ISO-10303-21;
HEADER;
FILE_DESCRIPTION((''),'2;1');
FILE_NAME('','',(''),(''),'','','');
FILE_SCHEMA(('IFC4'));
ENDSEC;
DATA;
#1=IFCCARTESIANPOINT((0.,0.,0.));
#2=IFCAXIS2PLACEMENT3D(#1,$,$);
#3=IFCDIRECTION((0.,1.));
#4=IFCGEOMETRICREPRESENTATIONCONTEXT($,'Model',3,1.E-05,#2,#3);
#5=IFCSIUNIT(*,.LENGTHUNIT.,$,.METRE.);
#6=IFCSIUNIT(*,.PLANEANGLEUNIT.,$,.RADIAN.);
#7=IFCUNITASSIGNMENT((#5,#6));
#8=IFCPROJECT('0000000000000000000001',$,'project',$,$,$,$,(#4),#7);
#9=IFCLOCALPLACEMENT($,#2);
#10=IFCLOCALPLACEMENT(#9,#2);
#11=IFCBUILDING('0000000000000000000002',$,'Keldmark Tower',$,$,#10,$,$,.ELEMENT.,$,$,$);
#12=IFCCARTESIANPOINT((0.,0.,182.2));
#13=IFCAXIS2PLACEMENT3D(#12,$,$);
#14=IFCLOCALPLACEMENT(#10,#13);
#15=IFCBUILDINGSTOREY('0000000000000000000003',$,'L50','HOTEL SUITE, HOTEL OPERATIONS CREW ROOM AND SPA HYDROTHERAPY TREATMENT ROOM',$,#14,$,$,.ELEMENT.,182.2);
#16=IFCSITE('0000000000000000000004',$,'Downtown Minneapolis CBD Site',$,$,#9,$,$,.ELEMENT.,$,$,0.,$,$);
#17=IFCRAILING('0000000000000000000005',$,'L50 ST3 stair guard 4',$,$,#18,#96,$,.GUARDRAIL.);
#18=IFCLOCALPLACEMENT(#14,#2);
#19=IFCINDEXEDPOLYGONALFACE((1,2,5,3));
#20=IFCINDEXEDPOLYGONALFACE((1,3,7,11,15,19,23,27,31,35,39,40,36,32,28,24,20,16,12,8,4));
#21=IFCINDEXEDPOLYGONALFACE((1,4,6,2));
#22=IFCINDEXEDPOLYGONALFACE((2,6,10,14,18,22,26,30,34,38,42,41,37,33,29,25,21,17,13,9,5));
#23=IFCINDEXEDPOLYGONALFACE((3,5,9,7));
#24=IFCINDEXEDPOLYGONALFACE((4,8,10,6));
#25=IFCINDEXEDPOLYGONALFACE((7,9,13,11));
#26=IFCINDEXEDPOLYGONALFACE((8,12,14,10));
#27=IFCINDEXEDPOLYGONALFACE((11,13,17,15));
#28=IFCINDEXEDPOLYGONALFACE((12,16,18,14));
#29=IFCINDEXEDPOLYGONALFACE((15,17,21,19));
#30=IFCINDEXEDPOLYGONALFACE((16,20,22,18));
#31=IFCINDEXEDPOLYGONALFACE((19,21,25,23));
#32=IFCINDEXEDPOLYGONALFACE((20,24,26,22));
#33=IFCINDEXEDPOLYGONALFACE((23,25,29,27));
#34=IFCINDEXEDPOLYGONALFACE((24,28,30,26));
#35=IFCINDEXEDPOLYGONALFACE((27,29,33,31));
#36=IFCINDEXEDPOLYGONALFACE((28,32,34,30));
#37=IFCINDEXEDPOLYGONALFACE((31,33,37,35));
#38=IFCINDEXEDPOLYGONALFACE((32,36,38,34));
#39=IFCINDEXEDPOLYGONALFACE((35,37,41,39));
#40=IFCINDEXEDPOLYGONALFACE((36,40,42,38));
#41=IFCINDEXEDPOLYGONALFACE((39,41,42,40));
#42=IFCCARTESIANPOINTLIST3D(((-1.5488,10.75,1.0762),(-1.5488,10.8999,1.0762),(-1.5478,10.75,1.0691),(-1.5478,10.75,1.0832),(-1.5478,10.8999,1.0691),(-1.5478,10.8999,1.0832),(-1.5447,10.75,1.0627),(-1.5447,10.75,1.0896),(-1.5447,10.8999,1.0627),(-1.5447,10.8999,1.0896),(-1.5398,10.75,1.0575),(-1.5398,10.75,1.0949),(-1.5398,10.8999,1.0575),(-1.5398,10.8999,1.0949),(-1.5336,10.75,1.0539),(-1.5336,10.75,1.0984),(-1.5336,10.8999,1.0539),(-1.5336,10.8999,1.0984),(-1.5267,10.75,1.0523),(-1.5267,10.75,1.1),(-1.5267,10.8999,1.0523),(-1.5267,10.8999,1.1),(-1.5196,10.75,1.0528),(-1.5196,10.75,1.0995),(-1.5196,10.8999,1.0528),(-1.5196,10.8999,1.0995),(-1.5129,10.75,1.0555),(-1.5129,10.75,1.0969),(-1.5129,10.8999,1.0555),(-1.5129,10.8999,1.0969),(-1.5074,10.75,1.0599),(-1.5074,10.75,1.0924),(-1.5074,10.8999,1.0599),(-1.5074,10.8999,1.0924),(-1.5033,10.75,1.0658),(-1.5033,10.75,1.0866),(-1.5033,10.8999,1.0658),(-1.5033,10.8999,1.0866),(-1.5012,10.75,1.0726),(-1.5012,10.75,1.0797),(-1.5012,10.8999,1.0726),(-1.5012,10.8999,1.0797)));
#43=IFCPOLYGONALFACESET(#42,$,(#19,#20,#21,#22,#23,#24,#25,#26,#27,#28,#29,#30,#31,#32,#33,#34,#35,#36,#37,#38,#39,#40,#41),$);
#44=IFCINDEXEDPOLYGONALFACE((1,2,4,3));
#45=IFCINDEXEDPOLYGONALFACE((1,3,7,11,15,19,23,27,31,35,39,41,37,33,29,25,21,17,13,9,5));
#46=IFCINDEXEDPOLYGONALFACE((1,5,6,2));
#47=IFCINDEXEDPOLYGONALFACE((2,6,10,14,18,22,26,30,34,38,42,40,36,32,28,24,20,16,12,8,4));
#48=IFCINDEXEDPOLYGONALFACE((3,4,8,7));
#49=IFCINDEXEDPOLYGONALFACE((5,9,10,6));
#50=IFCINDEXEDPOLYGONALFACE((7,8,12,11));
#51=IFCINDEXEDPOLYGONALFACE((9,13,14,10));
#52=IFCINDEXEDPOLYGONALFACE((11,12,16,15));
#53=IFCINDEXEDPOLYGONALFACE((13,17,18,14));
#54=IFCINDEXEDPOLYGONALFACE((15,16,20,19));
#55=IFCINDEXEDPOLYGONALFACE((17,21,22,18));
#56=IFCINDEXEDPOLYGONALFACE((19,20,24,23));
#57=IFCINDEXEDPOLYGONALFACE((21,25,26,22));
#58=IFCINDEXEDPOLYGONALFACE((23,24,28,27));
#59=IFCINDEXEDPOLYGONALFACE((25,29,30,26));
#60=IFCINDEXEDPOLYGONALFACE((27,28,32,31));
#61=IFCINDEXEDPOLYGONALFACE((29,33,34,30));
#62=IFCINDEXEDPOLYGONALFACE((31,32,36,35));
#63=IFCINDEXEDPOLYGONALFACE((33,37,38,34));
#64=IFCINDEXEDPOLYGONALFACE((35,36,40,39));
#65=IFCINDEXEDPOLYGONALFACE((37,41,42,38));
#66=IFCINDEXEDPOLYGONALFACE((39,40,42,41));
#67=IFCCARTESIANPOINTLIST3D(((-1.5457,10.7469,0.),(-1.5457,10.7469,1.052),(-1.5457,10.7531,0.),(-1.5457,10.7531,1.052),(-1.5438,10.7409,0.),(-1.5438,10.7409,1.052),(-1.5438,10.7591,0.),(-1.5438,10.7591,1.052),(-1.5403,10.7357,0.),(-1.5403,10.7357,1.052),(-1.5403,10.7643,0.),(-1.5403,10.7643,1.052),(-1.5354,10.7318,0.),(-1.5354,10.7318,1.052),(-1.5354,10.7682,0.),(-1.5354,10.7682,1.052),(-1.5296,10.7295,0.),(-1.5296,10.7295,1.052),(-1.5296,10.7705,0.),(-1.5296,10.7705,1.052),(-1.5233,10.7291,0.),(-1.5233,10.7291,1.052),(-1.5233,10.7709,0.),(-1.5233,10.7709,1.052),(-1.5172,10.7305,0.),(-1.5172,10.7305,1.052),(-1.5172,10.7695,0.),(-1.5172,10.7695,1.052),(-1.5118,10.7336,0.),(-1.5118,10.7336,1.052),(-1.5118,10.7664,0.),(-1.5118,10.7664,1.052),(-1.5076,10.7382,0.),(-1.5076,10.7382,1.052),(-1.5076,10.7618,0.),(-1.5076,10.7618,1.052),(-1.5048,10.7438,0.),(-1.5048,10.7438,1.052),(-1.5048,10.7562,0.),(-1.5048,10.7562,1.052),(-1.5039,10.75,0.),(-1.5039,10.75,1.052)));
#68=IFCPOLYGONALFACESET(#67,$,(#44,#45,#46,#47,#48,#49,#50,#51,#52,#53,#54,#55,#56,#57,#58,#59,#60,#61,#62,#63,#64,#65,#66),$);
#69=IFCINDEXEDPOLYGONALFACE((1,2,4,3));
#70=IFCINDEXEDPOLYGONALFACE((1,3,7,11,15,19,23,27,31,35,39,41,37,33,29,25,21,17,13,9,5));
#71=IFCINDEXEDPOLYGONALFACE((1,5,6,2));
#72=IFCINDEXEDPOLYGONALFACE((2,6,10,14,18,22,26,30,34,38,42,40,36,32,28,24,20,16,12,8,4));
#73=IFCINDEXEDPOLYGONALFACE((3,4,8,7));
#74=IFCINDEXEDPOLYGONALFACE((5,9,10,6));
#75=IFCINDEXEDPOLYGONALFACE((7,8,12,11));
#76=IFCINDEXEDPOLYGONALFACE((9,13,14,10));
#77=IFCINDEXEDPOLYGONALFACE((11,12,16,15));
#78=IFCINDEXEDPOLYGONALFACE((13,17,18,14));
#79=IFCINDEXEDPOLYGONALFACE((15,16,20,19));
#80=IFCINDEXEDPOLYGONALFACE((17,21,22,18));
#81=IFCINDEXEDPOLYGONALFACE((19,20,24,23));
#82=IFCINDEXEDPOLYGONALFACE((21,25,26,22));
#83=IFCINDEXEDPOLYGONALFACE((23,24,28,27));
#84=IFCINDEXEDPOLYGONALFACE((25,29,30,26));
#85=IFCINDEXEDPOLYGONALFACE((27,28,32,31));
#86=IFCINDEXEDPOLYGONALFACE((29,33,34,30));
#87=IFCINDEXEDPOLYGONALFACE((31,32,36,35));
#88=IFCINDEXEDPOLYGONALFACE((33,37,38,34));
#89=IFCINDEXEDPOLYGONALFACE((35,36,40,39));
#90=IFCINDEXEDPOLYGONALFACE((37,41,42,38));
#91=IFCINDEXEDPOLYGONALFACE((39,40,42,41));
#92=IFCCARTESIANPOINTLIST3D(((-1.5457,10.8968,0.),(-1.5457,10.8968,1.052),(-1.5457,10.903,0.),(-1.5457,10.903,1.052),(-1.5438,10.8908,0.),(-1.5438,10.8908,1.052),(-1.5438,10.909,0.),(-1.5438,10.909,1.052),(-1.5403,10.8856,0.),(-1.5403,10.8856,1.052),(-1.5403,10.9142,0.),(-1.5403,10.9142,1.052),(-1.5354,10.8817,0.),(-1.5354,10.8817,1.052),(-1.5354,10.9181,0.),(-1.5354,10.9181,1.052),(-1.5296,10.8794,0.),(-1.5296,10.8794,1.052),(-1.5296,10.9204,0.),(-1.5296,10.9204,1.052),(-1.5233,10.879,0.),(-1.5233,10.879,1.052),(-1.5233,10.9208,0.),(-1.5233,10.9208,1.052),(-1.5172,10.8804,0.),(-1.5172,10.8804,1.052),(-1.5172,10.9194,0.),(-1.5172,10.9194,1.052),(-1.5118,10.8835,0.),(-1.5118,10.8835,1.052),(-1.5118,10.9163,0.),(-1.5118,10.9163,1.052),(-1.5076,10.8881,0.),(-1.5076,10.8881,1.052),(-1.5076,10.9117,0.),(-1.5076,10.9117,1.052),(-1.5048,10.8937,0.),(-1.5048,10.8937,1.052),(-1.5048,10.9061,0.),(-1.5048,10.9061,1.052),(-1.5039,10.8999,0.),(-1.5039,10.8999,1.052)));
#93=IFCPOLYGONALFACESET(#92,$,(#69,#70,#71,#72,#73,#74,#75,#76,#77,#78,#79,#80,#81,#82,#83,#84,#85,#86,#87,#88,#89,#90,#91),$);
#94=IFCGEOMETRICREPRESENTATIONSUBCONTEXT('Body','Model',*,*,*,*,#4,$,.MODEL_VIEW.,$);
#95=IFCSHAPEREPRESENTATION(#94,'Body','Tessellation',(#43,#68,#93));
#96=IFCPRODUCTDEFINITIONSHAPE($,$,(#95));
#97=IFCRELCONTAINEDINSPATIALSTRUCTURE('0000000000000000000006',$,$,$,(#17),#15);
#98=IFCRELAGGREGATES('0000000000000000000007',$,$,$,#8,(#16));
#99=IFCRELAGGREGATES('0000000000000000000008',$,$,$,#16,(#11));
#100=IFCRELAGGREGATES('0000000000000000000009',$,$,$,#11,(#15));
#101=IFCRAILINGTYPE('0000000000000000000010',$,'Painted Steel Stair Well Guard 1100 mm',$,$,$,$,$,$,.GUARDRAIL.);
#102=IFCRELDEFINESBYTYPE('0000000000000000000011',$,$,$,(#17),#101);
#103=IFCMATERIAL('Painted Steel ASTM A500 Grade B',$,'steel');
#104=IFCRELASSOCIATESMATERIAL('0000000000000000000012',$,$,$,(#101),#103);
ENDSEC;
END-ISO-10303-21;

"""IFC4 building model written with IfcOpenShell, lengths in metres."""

from ifc_helpers import new_model, si_unit, direction, frame, origin, origin_2d, place, context, subcontext, project, spatial, circle, extrude, material, type_object, element, save


model = new_model("IFC4")

# Units and contexts
model_context = context("Model", 3, precision=1e-05, world=origin(), true_north=direction((0.0, 1.0)))
body_context = subcontext(model_context, "Body", "Model", "MODEL_VIEW")
ifc_project = project(units=[si_unit("LENGTHUNIT", "METRE"), si_unit("PLANEANGLEUNIT", "RADIAN")], contexts=[model_context])

# Site, building, storey
site_placement = place(None, origin())
site = spatial("IfcSite", under=ifc_project, at=site_placement, Name="Downtown Minneapolis CBD Site", CompositionType="ELEMENT", RefElevation=0.0)
building_placement = place(site_placement, origin())
building = spatial("IfcBuilding", under=site, at=building_placement, Name="Keldmark Tower", CompositionType="ELEMENT")
storey_placement = place(building_placement, frame((0.0, 0.0, 182.2)))
storey = spatial("IfcBuildingStorey", under=building, at=storey_placement, Name="L50", Description="HOTEL SUITE, HOTEL OPERATIONS CREW ROOM AND SPA HYDROTHERAPY TREATMENT ROOM", CompositionType="ELEMENT", Elevation=182.2)

# Railing
ifc_material_1 = material(Name="Painted Steel ASTM A500 Grade B", Category="steel")
railing_type = type_object("IfcRailingType", Name="Painted Steel Stair Well Guard 1100 mm", PredefinedType="GUARDRAIL", material=ifc_material_1)
railing_placement = place(storey_placement, frame((-1.5249, 10.75, 0.0)))
element("IfcRailing", 1, at=railing_placement, inside=storey, type_object=railing_type, Name="L50 ST3 stair guard 4", PredefinedType="GUARDRAIL", context=body_context, shape_type="SweptSolid", body=[
    extrude(circle(Radius=0.0239, at=origin_2d()), frame((0.0, 0.0, 1.0762), z_axis=(0.0, 1.0, 0.0), x_axis=(-1.0, 0.0, 0.0)), (0.0, 0.0, 1.0), 0.1499),
    extrude(circle(Radius=0.021, at=origin_2d()), origin(), (0.0, 0.0, 1.0), 1.052),
    extrude(circle(Radius=0.021, at=origin_2d()), frame((0.0, 0.1499, 0.0)), (0.0, 0.0, 1.0), 1.052),
])

save(model, "model.ifc")
